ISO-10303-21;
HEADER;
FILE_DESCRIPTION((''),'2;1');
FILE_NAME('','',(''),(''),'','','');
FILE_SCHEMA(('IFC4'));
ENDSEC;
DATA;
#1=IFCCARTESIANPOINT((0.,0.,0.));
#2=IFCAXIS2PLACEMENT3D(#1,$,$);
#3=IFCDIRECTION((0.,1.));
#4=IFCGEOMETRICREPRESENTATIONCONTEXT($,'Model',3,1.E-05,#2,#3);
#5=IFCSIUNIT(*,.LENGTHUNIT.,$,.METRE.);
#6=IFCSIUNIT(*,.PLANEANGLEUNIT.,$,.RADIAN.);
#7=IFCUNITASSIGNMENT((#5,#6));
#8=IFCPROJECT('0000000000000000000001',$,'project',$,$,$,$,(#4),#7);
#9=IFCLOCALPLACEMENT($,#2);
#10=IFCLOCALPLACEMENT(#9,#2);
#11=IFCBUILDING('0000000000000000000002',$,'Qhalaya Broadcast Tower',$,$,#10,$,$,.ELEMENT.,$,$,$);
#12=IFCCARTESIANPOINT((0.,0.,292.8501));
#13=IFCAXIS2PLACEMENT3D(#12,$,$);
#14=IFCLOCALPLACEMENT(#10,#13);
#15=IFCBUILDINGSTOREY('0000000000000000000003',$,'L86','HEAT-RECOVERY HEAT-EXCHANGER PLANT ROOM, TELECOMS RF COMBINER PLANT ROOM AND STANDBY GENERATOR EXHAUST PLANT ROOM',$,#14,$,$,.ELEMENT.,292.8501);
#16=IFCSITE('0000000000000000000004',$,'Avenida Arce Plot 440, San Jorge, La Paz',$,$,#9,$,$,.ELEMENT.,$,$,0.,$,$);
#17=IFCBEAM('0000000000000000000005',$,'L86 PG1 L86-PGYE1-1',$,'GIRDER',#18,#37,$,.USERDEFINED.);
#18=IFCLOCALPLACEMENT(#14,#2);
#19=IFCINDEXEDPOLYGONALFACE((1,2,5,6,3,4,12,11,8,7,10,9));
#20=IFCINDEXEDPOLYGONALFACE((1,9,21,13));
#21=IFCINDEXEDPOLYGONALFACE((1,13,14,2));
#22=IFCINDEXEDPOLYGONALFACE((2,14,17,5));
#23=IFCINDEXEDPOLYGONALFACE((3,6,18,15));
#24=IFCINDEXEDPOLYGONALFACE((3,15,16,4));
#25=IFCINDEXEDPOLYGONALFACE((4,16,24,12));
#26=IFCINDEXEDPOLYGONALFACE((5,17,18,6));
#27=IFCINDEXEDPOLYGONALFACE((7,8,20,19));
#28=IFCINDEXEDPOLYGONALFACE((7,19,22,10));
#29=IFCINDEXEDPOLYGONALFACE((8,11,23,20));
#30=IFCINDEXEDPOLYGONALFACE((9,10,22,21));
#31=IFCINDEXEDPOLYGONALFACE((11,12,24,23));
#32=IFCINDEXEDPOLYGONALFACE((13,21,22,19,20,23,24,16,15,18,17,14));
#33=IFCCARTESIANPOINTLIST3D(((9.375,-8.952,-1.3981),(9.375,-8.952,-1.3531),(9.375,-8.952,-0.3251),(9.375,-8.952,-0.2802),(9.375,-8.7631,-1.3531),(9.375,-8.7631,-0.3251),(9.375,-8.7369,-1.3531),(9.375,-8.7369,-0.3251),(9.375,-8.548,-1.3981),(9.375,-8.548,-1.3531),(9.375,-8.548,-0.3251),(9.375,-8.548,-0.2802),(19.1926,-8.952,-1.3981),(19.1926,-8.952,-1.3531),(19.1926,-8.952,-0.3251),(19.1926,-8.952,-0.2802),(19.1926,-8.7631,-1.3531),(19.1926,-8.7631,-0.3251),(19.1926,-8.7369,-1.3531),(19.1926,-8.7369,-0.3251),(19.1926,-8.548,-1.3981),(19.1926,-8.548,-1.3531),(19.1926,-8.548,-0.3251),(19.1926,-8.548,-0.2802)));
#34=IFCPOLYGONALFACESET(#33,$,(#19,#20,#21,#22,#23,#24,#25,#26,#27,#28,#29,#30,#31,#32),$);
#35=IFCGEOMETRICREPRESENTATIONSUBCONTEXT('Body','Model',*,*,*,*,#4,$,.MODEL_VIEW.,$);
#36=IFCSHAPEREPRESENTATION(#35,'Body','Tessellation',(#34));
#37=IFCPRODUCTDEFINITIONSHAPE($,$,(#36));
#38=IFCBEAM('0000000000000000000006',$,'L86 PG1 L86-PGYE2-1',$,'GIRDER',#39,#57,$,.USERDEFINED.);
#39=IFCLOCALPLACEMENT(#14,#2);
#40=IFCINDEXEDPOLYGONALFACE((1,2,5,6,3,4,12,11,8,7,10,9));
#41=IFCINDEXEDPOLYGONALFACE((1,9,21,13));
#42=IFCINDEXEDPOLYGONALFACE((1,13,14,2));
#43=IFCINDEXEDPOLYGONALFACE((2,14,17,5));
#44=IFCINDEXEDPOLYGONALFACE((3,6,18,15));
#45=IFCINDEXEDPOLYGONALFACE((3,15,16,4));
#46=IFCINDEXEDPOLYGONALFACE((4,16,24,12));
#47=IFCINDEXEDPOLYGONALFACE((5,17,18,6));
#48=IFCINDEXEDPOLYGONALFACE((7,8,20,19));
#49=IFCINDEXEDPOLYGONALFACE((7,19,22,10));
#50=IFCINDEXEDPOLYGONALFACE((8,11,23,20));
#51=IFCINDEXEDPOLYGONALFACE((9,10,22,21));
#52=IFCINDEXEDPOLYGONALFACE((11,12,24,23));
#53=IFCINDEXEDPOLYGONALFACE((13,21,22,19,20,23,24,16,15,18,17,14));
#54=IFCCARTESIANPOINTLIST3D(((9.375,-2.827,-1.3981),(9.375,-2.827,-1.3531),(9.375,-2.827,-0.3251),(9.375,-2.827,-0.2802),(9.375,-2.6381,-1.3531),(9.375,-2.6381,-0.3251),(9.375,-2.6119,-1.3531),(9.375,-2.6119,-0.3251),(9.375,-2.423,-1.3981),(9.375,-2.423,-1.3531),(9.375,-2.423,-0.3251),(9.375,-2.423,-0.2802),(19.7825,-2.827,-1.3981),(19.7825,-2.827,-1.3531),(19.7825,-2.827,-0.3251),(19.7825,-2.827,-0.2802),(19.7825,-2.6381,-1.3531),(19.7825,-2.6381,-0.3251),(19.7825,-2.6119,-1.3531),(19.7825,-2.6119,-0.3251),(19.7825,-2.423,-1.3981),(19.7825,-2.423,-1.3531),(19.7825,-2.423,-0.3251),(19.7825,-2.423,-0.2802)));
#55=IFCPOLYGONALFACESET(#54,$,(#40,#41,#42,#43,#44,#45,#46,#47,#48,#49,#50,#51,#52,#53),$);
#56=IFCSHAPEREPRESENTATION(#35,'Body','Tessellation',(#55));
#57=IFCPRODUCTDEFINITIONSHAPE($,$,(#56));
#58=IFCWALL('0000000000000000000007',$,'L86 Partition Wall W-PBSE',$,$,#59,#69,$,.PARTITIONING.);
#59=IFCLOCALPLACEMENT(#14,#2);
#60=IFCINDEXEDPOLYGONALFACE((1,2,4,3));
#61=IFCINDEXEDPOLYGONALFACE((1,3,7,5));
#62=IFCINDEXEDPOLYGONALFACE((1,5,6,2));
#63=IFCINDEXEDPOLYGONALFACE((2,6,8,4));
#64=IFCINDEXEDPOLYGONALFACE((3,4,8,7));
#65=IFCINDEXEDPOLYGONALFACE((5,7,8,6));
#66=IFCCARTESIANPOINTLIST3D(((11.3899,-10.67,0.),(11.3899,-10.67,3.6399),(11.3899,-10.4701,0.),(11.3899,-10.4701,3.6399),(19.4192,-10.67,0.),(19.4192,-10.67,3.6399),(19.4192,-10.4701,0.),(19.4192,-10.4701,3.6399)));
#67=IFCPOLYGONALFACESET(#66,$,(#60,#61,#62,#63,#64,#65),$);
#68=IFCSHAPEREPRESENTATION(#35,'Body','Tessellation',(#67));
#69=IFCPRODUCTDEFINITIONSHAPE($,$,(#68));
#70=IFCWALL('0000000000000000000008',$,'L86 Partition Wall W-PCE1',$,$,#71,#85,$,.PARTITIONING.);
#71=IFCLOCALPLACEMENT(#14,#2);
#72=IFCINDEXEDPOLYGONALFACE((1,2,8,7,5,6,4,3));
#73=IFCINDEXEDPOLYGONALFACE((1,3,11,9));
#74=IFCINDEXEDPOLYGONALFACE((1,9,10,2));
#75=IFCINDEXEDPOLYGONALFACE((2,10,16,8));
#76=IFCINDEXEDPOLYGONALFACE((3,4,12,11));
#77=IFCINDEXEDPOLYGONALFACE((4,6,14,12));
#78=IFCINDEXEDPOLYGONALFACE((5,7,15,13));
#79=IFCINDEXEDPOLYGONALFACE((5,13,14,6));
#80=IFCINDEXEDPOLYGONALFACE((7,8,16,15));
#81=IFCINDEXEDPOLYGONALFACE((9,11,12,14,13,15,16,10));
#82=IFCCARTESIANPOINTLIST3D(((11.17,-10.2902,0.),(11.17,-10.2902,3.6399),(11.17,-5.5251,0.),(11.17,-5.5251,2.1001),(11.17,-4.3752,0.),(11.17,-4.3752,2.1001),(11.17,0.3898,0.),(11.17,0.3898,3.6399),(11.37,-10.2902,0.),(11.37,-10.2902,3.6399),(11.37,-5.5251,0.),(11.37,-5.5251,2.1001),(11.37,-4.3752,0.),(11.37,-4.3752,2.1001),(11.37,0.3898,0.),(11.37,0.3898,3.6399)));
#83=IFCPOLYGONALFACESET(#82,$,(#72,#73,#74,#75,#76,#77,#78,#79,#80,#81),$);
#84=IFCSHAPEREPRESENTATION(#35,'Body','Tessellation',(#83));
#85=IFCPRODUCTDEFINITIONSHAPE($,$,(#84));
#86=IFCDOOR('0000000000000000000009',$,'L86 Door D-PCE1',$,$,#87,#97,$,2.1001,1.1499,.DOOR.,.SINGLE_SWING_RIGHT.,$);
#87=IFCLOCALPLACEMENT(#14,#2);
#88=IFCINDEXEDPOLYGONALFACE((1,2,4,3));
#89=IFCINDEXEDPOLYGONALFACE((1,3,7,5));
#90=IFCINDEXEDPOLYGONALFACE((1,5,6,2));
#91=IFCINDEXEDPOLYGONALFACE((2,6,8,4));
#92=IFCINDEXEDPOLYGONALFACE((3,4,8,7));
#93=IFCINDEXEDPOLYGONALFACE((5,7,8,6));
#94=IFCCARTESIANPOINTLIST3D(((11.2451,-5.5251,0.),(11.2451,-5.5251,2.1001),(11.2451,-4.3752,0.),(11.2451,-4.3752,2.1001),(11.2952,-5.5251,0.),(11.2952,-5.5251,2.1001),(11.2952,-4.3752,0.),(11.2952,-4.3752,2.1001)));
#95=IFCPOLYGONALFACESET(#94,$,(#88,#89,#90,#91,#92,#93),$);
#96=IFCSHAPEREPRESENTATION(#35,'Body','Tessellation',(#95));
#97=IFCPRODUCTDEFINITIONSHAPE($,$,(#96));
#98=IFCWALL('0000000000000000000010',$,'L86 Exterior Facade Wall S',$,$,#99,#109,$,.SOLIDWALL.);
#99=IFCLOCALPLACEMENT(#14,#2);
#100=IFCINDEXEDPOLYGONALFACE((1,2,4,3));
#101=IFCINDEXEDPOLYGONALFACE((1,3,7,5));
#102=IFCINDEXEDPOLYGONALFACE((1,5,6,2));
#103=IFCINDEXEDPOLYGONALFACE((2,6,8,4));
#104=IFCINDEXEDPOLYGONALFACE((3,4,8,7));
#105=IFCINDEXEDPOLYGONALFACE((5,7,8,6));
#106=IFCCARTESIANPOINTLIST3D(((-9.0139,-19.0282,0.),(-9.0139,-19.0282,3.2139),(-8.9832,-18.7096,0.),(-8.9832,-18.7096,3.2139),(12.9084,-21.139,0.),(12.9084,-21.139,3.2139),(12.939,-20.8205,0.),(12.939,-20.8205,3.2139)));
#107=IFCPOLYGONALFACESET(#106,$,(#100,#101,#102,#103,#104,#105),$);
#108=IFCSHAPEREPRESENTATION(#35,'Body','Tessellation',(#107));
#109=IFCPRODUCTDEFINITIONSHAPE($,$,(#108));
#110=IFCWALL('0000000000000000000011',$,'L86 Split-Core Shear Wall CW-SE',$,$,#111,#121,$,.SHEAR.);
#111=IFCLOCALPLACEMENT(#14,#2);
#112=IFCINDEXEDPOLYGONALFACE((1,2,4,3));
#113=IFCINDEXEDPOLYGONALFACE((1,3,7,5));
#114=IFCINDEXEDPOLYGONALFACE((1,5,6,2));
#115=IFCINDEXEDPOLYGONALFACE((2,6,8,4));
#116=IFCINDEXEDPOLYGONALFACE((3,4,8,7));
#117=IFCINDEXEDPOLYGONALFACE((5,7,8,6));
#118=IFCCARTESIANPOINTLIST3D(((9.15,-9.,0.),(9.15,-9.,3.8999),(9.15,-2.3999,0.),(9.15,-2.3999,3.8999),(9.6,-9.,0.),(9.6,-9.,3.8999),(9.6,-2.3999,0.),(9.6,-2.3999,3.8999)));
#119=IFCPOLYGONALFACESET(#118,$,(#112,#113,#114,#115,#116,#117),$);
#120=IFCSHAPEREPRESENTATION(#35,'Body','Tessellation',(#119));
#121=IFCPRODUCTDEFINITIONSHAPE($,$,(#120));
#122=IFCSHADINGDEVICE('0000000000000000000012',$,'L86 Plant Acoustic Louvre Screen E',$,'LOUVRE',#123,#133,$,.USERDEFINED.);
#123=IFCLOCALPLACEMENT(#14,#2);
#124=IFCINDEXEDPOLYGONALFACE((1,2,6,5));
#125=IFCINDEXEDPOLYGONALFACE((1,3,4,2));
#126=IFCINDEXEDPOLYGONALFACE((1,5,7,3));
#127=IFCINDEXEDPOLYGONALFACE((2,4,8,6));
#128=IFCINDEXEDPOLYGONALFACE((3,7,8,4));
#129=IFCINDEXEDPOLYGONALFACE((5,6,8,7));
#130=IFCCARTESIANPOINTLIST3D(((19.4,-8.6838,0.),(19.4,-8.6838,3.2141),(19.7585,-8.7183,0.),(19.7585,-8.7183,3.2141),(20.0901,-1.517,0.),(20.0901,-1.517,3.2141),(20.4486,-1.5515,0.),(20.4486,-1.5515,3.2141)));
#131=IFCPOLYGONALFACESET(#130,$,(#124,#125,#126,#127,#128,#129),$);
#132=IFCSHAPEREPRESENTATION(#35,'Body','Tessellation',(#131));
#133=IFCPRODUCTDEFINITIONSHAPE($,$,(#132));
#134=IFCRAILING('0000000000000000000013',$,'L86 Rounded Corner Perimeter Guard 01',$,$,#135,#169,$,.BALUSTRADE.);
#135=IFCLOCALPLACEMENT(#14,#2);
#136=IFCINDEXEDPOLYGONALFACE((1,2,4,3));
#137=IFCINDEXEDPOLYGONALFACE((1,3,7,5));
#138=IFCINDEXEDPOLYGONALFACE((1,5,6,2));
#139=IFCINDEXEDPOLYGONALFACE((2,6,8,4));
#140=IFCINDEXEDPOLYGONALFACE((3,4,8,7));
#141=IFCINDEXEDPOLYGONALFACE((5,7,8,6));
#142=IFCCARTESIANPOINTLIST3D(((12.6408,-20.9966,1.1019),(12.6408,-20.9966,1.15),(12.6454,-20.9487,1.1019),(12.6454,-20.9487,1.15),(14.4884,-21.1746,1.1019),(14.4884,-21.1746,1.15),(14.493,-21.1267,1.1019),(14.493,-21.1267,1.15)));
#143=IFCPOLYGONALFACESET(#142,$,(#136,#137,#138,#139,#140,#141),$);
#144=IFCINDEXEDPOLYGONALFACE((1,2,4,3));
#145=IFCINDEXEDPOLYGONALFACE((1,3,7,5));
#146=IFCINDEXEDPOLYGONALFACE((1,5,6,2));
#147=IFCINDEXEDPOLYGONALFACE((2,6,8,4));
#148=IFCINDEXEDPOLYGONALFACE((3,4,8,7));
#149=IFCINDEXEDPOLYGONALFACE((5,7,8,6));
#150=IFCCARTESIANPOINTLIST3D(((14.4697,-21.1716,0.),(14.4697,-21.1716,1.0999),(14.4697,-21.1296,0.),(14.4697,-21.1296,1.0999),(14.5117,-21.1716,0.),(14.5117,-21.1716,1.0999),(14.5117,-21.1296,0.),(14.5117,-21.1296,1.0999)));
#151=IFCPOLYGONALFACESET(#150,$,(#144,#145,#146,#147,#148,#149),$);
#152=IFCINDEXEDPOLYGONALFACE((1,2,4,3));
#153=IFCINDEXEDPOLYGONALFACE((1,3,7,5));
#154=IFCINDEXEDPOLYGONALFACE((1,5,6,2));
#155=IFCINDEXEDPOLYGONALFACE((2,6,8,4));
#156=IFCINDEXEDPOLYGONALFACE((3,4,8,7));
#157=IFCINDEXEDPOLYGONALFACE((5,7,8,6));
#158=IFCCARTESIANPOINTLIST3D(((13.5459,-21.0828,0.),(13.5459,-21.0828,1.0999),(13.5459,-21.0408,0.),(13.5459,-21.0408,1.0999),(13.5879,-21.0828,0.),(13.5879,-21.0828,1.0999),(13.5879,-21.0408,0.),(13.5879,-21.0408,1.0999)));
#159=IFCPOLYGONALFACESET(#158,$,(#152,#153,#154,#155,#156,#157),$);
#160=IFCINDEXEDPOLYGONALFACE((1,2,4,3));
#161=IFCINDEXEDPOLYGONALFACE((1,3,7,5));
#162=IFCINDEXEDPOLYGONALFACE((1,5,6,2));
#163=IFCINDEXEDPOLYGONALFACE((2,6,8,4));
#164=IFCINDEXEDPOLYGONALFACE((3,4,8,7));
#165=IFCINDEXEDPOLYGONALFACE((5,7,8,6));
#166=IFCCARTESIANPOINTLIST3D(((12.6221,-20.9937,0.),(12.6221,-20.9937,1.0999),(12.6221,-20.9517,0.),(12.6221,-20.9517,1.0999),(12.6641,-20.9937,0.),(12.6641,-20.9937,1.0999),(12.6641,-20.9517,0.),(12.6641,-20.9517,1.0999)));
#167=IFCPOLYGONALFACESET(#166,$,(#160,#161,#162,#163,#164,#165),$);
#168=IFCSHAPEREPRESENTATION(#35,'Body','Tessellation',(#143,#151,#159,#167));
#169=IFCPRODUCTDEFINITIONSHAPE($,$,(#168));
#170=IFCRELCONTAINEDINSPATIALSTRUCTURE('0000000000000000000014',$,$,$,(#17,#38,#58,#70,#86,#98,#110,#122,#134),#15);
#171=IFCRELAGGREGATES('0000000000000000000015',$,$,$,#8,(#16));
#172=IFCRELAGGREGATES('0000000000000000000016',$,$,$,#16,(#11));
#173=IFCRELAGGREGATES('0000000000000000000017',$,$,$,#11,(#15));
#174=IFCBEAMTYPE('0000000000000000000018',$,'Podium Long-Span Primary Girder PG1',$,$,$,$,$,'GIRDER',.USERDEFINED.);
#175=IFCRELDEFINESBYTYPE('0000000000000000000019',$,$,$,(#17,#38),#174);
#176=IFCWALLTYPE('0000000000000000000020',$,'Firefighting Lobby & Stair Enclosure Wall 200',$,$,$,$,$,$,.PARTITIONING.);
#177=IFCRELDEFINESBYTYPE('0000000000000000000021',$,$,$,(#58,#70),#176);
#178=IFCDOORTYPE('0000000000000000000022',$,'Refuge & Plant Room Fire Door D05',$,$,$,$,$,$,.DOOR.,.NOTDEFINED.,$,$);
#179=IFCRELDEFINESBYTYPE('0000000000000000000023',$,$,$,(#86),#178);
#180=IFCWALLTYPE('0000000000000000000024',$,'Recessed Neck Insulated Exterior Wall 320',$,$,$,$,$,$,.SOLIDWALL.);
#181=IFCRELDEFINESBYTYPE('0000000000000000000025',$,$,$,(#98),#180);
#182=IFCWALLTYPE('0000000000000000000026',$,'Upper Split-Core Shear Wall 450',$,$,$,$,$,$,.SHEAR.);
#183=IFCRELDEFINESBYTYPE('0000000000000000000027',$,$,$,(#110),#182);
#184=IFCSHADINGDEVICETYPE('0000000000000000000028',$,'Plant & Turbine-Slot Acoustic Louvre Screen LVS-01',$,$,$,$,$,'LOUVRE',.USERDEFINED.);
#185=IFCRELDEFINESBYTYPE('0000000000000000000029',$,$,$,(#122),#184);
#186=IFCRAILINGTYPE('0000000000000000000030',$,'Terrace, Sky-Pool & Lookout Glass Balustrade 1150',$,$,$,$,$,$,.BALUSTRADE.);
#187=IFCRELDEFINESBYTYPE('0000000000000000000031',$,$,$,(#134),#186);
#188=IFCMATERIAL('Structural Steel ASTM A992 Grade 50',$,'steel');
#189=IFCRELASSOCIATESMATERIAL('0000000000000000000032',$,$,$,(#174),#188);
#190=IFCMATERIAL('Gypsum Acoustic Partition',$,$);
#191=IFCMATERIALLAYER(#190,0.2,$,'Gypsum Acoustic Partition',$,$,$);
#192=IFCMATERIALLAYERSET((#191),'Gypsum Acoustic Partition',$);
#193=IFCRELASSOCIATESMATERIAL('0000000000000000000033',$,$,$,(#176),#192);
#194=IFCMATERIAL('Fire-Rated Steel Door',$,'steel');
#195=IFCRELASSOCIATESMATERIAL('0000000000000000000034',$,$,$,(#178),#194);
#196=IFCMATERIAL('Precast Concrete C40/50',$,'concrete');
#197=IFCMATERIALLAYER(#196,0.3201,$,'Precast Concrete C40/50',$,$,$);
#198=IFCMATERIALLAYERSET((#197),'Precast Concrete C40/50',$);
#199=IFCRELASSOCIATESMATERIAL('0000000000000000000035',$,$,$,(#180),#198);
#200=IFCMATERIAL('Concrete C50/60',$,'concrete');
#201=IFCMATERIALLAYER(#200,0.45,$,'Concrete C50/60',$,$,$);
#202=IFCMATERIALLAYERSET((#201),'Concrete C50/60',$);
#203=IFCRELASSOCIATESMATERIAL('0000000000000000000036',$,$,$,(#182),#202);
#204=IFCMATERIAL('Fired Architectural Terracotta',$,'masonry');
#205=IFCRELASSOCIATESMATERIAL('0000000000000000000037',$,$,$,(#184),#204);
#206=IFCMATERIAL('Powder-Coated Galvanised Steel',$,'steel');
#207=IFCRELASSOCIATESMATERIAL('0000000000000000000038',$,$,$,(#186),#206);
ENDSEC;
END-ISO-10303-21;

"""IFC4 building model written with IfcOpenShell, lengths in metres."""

from ifc_helpers import new_model, si_unit, direction, frame, frame_2d, origin, origin_2d, place, context, subcontext, project, spatial, rectangle, i_section, extrude, material, layer, layer_set, material_profile, profile_set, type_object, element, fill, save


model = new_model("IFC4")

# Units and contexts
model_context = context("Model", 3, precision=1e-05, world=origin(), true_north=direction((0.0, 1.0)))
body_context = subcontext(model_context, "Body", "Model", "MODEL_VIEW")
ifc_project = project(units=[si_unit("LENGTHUNIT", "METRE"), si_unit("PLANEANGLEUNIT", "RADIAN")], contexts=[model_context])

# Site, building, storey
site_placement = place(None, origin())
site = spatial("IfcSite", under=ifc_project, at=site_placement, Name="Avenida Arce Plot 440, San Jorge, La Paz", CompositionType="ELEMENT", RefElevation=0.0)
building_placement = place(site_placement, origin())
building = spatial("IfcBuilding", under=site, at=building_placement, Name="Qhalaya Broadcast Tower", CompositionType="ELEMENT")
storey_placement = place(building_placement, frame((0.0, 0.0, 292.8501)))
storey = spatial("IfcBuildingStorey", under=building, at=storey_placement, Name="L86", Description="HEAT-RECOVERY HEAT-EXCHANGER PLANT ROOM, TELECOMS RF COMBINER PLANT ROOM AND STANDBY GENERATOR EXHAUST PLANT ROOM", CompositionType="ELEMENT", Elevation=292.8501)

# Shared definitions
ifc_material_1 = material(Name="Concrete C50/60", Category="concrete")

# Beams
ifc_material_2 = material(Name="Structural Steel ASTM A992 Grade 50", Category="steel")
ifc_material_profile_1 = material_profile(ifc_material_2, i_section(OverallWidth=0.4041, OverallDepth=1.1179, WebThickness=0.0261, FlangeThickness=0.0449, at=origin_2d()), Name="W44X335")
ifc_profile_set_1 = profile_set([ifc_material_profile_1], Name="Structural Steel ASTM A992 Grade 50")
beam_type_1 = type_object("IfcBeamType", Name="Podium Long-Span Primary Girder PG1", ElementType="GIRDER", PredefinedType="USERDEFINED", material=ifc_profile_set_1)
beam_1_placement = place(storey_placement, frame((9.375, -8.75, -0.8391), z_axis=(1.0, 0.0, 0.0), x_axis=(0.0, 1.0, 0.0)))
element("IfcBeam", 1, at=beam_1_placement, inside=storey, type_object=beam_type_1, Name="L86 PG1 L86-PGYE1-1", ObjectType="GIRDER", PredefinedType="USERDEFINED", context=body_context, shape_type="SweptSolid", body=[
    extrude(i_section(OverallWidth=0.4041, OverallDepth=1.1179, WebThickness=0.0261, FlangeThickness=0.0449, at=origin_2d()), origin(), (0.0, 0.0, 1.0), 9.8176),
])
beam_2_placement = place(storey_placement, frame((9.375, -2.625, -0.8391), z_axis=(1.0, 0.0, 0.0), x_axis=(0.0, 1.0, 0.0)))
element("IfcBeam", 2, at=beam_2_placement, inside=storey, type_object=beam_type_1, Name="L86 PG1 L86-PGYE2-1", ObjectType="GIRDER", PredefinedType="USERDEFINED", context=body_context, shape_type="SweptSolid", body=[
    extrude(i_section(OverallWidth=0.4041, OverallDepth=1.1179, WebThickness=0.0261, FlangeThickness=0.0449, at=origin_2d()), origin(), (0.0, 0.0, 1.0), 10.4075),
])

# Wall
ifc_material_3 = material(Name="Gypsum Acoustic Partition")
ifc_layer_1 = layer(ifc_material_3, 0.2, Name="Gypsum Acoustic Partition")
ifc_layer_set_1 = layer_set([ifc_layer_1], Name="Gypsum Acoustic Partition")
wall_type_1 = type_object("IfcWallType", Name="Firefighting Lobby & Stair Enclosure Wall 200", PredefinedType="PARTITIONING", material=ifc_layer_set_1)
wall_1_placement = place(storey_placement, frame((11.3899, -10.5701, 0.0), z_axis=(0.0, 0.0, 1.0), x_axis=(1.0, 0.0, 0.0)))
element("IfcWall", 3, at=wall_1_placement, inside=storey, type_object=wall_type_1, Name="L86 Partition Wall W-PBSE", PredefinedType="PARTITIONING", context=body_context, shape_type="SweptSolid", body=[
    extrude(rectangle(XDim=8.0293, YDim=0.2, at=frame_2d((4.0146, 0.0))), origin(), (0.0, 0.0, 1.0), 3.6399),
])

# Wall, opening, door
wall_2_placement = place(storey_placement, frame((11.27, -10.29, 0.0), z_axis=(0.0, 0.0, 1.0), x_axis=(0.0, 1.0, 0.0)))
wall_2 = element("IfcWall", 4, at=wall_2_placement, inside=storey, type_object=wall_type_1, Name="L86 Partition Wall W-PCE1", PredefinedType="PARTITIONING", context=body_context, shape_type="SweptSolid", body=[
    extrude(rectangle(XDim=10.6799, YDim=0.2, at=frame_2d((5.3398, 0.0))), origin(), (0.0, 0.0, 1.0), 3.6399),
])
opening_placement = place(wall_2_placement, frame((4.7649, 0.0, 0.0)))
opening = element("IfcOpeningElement", 5, at=opening_placement, cuts=wall_2, PredefinedType="OPENING", context=body_context, shape_type="SweptSolid", body=[
    extrude(rectangle(XDim=1.1499, YDim=2.1001, at=frame_2d((0.575, 1.05))), frame((0.0, 0.1121, 0.0), z_axis=(0.0, -1.0, 0.0), x_axis=(1.0, 0.0, 0.0)), (0.0, 0.0, 1.0), 0.2239),
])
ifc_material_4 = material(Name="Fire-Rated Steel Door", Category="steel")
door_type = type_object("IfcDoorType", Name="Refuge & Plant Room Fire Door D05", OperationType="NOTDEFINED", PredefinedType="DOOR", material=ifc_material_4)
door_placement = place(opening_placement, origin())
door = element("IfcDoor", 6, at=door_placement, inside=storey, type_object=door_type, Name="L86 Door D-PCE1", OperationType="SINGLE_SWING_RIGHT", OverallHeight=2.1001, OverallWidth=1.1499, PredefinedType="DOOR", context=body_context, shape_type="SweptSolid", body=[
    extrude(rectangle(XDim=1.1499, YDim=2.1001, at=frame_2d((0.575, 1.05))), frame((0.0, 0.0249, 0.0), z_axis=(0.0, -1.0, 0.0), x_axis=(1.0, 0.0, 0.0)), (0.0, 0.0, 1.0), 0.05),
])
fill(opening, door)

# Walls
ifc_material_5 = material(Name="Precast Concrete C40/50", Category="concrete")
ifc_layer_2 = layer(ifc_material_5, 0.3201, Name="Precast Concrete C40/50")
ifc_layer_set_2 = layer_set([ifc_layer_2], Name="Precast Concrete C40/50")
wall_type_2 = type_object("IfcWallType", Name="Recessed Neck Insulated Exterior Wall 320", PredefinedType="SOLIDWALL", material=ifc_layer_set_2)
wall_3_placement = place(storey_placement, frame((12.9236, -20.9797, 0.0), z_axis=(0.0, 0.0, 1.0), x_axis=(-0.995396, 0.095844, 0.0)))
element("IfcWall", 7, at=wall_3_placement, inside=storey, type_object=wall_type_2, Name="L86 Exterior Facade Wall S", PredefinedType="SOLIDWALL", context=body_context, shape_type="SweptSolid", body=[
    extrude(rectangle(XDim=22.0237, YDim=0.3201, at=frame_2d((11.0117, 0.0))), origin(), (0.0, 0.0, 1.0), 3.2139),
])
ifc_layer_3 = layer(ifc_material_1, 0.45, Name="Concrete C50/60")
ifc_layer_set_3 = layer_set([ifc_layer_3], Name="Concrete C50/60")
wall_type_3 = type_object("IfcWallType", Name="Upper Split-Core Shear Wall 450", PredefinedType="SHEAR", material=ifc_layer_set_3)
wall_4_placement = place(storey_placement, frame((9.375, -9.0, 0.0), z_axis=(0.0, 0.0, 1.0), x_axis=(0.0, 1.0, 0.0)))
element("IfcWall", 8, at=wall_4_placement, inside=storey, type_object=wall_type_3, Name="L86 Split-Core Shear Wall CW-SE", PredefinedType="SHEAR", context=body_context, shape_type="SweptSolid", body=[
    extrude(rectangle(XDim=6.6001, YDim=0.45, at=frame_2d((3.3, 0.0))), origin(), (0.0, 0.0, 1.0), 3.8999),
])

# Shading device
ifc_material_6 = material(Name="Fired Architectural Terracotta", Category="masonry")
shading_device_type = type_object("IfcShadingDeviceType", Name="Plant & Turbine-Slot Acoustic Louvre Screen LVS-01", ElementType="LOUVRE", PredefinedType="USERDEFINED", material=ifc_material_6)
shading_device_placement = place(storey_placement, frame((19.9243, -5.1177, 0.0), z_axis=(0.0, 0.0, 1.0), x_axis=(-0.095846, -0.995396, 0.0)))
element("IfcShadingDevice", 9, at=shading_device_placement, inside=storey, type_object=shading_device_type, Name="L86 Plant Acoustic Louvre Screen E", ObjectType="LOUVRE", PredefinedType="USERDEFINED", context=body_context, shape_type="SweptSolid", body=[
    extrude(rectangle(XDim=7.2, YDim=0.3601, at=origin_2d()), origin(), (0.0, 0.0, 1.0), 3.2141),
])

# Railing
ifc_material_7 = material(Name="Powder-Coated Galvanised Steel", Category="steel")
railing_type = type_object("IfcRailingType", Name="Terrace, Sky-Pool & Lookout Glass Balustrade 1150", PredefinedType="BALUSTRADE", material=ifc_material_7)
railing_1_placement = place(storey_placement, frame((14.4907, -21.1506, 0.0)))
element("IfcRailing", 10, at=railing_1_placement, inside=storey, type_object=railing_type, Name="L86 Rounded Corner Perimeter Guard 01", PredefinedType="BALUSTRADE", context=body_context, shape_type="SweptSolid", body=[
    extrude(rectangle(XDim=0.0481, YDim=0.0481, at=origin_2d()), frame((0.0, 0.0, 1.126), z_axis=(-0.995393, 0.095883, 0.0), x_axis=(-0.095883, -0.995393, 0.0)), (0.0, 0.0, 1.0), 1.8562),
    extrude(rectangle(XDim=0.042, YDim=0.042, at=origin_2d()), origin(), (0.0, 0.0, 1.0), 1.0999),
    extrude(rectangle(XDim=0.042, YDim=0.042, at=origin_2d()), frame((-0.9238, 0.0889, 0.0)), (0.0, 0.0, 1.0), 1.0999),
    extrude(rectangle(XDim=0.042, YDim=0.042, at=origin_2d()), frame((-1.8477, 0.178, 0.0)), (0.0, 0.0, 1.0), 1.0999),
])

save(model, "model.ifc")
